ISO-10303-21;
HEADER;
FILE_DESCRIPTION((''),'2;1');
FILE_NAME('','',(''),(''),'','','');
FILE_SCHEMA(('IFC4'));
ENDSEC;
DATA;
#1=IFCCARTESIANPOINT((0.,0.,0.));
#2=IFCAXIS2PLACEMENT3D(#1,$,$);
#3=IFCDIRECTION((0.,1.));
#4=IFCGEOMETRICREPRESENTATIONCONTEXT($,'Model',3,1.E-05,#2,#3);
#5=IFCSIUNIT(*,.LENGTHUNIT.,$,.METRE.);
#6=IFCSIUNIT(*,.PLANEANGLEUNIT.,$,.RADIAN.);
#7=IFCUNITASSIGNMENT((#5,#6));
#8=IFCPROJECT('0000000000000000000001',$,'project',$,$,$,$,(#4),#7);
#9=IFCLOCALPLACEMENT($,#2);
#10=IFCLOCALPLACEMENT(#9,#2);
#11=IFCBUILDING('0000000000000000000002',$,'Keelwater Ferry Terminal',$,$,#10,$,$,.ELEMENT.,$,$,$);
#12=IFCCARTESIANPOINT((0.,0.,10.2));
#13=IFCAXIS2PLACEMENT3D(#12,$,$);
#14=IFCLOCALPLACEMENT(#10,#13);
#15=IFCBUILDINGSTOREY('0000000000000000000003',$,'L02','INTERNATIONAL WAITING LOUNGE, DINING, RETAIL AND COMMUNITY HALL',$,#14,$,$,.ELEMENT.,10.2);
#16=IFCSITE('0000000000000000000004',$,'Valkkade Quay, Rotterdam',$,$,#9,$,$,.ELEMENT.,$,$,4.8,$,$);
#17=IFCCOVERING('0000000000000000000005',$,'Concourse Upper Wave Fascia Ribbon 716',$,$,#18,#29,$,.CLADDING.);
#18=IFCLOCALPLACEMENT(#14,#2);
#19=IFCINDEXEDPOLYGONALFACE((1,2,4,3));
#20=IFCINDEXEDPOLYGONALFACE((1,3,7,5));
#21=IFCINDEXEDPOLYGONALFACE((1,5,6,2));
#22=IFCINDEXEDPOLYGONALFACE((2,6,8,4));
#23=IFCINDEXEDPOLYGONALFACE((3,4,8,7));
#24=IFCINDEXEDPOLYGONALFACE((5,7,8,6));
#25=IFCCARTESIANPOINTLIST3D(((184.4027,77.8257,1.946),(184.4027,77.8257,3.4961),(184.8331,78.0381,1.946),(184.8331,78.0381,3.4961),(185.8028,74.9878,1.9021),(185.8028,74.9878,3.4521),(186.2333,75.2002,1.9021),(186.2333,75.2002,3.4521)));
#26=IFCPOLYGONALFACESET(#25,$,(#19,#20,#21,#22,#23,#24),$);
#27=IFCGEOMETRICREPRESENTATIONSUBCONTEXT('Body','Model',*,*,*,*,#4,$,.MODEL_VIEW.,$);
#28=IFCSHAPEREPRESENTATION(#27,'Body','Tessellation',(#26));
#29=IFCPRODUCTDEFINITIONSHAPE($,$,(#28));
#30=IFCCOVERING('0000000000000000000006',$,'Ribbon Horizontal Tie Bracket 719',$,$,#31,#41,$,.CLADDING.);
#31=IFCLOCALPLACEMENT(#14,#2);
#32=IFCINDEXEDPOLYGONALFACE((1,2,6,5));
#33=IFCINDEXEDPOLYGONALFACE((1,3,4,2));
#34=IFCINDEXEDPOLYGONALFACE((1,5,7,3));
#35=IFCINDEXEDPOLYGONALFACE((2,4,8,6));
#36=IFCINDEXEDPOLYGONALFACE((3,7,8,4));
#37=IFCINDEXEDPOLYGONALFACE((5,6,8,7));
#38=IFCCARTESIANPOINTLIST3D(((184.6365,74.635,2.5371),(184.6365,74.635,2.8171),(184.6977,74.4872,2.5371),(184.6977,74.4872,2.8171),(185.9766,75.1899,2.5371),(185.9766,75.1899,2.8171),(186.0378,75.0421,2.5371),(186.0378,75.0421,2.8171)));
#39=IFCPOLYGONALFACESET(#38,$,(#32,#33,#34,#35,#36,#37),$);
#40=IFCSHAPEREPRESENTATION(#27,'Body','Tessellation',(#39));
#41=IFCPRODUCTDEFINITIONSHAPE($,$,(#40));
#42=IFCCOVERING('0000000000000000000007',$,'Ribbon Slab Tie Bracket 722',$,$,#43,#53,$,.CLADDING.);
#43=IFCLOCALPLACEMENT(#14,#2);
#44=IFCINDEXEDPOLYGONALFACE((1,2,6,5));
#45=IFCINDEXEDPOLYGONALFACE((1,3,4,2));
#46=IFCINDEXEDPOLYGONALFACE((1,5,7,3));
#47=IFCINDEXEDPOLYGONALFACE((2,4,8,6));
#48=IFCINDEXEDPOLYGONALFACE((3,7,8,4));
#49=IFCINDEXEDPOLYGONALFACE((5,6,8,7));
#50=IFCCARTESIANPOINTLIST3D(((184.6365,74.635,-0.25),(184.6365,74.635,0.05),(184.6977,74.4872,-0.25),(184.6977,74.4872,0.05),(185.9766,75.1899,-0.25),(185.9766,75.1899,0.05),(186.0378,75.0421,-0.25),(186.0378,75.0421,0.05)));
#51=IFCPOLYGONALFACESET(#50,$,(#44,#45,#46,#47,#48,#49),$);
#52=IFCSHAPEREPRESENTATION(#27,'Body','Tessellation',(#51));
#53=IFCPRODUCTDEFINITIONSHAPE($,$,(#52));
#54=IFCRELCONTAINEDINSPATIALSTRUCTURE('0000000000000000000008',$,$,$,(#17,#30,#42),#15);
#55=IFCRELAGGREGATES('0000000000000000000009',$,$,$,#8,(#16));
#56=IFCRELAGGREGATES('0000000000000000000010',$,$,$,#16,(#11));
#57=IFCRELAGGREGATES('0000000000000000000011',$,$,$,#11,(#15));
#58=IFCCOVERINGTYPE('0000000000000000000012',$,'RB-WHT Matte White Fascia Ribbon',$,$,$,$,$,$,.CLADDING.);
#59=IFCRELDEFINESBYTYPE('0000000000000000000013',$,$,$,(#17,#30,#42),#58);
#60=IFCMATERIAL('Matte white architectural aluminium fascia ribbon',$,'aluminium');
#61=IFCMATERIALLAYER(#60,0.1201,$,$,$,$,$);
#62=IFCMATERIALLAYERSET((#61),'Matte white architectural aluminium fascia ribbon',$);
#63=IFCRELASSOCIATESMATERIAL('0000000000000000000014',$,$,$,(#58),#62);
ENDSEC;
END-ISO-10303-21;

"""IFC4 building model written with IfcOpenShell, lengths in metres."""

from ifc_helpers import new_model, si_unit, direction, frame, frame_2d, origin, place, context, subcontext, project, spatial, polyline, rectangle, outline, extrude, material, layer, layer_set, type_object, element, save


model = new_model("IFC4")

# Units and contexts
model_context = context("Model", 3, precision=1e-05, world=origin(), true_north=direction((0.0, 1.0)))
body_context = subcontext(model_context, "Body", "Model", "MODEL_VIEW")
ifc_project = project(units=[si_unit("LENGTHUNIT", "METRE"), si_unit("PLANEANGLEUNIT", "RADIAN")], contexts=[model_context])

# Site, building, storey
site_placement = place(None, origin())
site = spatial("IfcSite", under=ifc_project, at=site_placement, Name="Valkkade Quay, Rotterdam", CompositionType="ELEMENT", RefElevation=4.8)
building_placement = place(site_placement, origin())
building = spatial("IfcBuilding", under=site, at=building_placement, Name="Keelwater Ferry Terminal", CompositionType="ELEMENT")
storey_placement = place(building_placement, frame((0.0, 0.0, 10.2)))
storey = spatial("IfcBuildingStorey", under=building, at=storey_placement, Name="L02", Description="INTERNATIONAL WAITING LOUNGE, DINING, RETAIL AND COMMUNITY HALL", CompositionType="ELEMENT", Elevation=10.2)

# Coverings
ifc_material_1 = material(Name="Matte white architectural aluminium fascia ribbon", Category="aluminium")
ifc_layer_1 = layer(ifc_material_1, 0.1201)
ifc_layer_set_1 = layer_set([ifc_layer_1], Name="Matte white architectural aluminium fascia ribbon")
covering_type = type_object("IfcCoveringType", Name="RB-WHT Matte White Fascia Ribbon", PredefinedType="CLADDING", material=ifc_layer_set_1)
covering_1_placement = place(storey_placement, frame((186.0181, 75.094, 1.9021), z_axis=(0.0, 0.0, 1.0), x_axis=(-0.442455, 0.896791, 0.0)))
element("IfcCovering", 1, at=covering_1_placement, inside=storey, type_object=covering_type, Name="Concourse Upper Wave Fascia Ribbon 716", PredefinedType="CLADDING", context=body_context, shape_type="SweptSolid", body=[
    extrude(outline(polyline([(0.0, 0.0), (3.1646, 0.0439), (3.1646, 1.594), (0.0, 1.55), (0.0, 0.0)])), frame((0.0, 0.24, 0.0), z_axis=(0.0, -1.0, 0.0), x_axis=(1.0, 0.0, 0.0)), (0.0, 0.0, 1.0), 0.48),
])
covering_2_placement = place(storey_placement, frame((186.0071, 75.116, 2.5371), z_axis=(0.0, 0.0, 1.0), x_axis=(-0.923916, -0.382595, 0.0)))
element("IfcCovering", 2, at=covering_2_placement, inside=storey, type_object=covering_type, Name="Ribbon Horizontal Tie Bracket 719", PredefinedType="CLADDING", context=body_context, shape_type="SweptSolid", body=[
    extrude(rectangle(XDim=1.4504, YDim=0.1599, at=frame_2d((0.7251, 0.0))), origin(), (0.0, 0.0, 1.0), 0.28),
])
covering_3_placement = place(storey_placement, frame((186.0071, 75.116, -0.25), z_axis=(0.0, 0.0, 1.0), x_axis=(-0.923916, -0.382595, 0.0)))
element("IfcCovering", 3, at=covering_3_placement, inside=storey, type_object=covering_type, Name="Ribbon Slab Tie Bracket 722", PredefinedType="CLADDING", context=body_context, shape_type="SweptSolid", body=[
    extrude(rectangle(XDim=1.4504, YDim=0.1599, at=frame_2d((0.7251, 0.0))), origin(), (0.0, 0.0, 1.0), 0.3),
])

save(model, "model.ifc")
